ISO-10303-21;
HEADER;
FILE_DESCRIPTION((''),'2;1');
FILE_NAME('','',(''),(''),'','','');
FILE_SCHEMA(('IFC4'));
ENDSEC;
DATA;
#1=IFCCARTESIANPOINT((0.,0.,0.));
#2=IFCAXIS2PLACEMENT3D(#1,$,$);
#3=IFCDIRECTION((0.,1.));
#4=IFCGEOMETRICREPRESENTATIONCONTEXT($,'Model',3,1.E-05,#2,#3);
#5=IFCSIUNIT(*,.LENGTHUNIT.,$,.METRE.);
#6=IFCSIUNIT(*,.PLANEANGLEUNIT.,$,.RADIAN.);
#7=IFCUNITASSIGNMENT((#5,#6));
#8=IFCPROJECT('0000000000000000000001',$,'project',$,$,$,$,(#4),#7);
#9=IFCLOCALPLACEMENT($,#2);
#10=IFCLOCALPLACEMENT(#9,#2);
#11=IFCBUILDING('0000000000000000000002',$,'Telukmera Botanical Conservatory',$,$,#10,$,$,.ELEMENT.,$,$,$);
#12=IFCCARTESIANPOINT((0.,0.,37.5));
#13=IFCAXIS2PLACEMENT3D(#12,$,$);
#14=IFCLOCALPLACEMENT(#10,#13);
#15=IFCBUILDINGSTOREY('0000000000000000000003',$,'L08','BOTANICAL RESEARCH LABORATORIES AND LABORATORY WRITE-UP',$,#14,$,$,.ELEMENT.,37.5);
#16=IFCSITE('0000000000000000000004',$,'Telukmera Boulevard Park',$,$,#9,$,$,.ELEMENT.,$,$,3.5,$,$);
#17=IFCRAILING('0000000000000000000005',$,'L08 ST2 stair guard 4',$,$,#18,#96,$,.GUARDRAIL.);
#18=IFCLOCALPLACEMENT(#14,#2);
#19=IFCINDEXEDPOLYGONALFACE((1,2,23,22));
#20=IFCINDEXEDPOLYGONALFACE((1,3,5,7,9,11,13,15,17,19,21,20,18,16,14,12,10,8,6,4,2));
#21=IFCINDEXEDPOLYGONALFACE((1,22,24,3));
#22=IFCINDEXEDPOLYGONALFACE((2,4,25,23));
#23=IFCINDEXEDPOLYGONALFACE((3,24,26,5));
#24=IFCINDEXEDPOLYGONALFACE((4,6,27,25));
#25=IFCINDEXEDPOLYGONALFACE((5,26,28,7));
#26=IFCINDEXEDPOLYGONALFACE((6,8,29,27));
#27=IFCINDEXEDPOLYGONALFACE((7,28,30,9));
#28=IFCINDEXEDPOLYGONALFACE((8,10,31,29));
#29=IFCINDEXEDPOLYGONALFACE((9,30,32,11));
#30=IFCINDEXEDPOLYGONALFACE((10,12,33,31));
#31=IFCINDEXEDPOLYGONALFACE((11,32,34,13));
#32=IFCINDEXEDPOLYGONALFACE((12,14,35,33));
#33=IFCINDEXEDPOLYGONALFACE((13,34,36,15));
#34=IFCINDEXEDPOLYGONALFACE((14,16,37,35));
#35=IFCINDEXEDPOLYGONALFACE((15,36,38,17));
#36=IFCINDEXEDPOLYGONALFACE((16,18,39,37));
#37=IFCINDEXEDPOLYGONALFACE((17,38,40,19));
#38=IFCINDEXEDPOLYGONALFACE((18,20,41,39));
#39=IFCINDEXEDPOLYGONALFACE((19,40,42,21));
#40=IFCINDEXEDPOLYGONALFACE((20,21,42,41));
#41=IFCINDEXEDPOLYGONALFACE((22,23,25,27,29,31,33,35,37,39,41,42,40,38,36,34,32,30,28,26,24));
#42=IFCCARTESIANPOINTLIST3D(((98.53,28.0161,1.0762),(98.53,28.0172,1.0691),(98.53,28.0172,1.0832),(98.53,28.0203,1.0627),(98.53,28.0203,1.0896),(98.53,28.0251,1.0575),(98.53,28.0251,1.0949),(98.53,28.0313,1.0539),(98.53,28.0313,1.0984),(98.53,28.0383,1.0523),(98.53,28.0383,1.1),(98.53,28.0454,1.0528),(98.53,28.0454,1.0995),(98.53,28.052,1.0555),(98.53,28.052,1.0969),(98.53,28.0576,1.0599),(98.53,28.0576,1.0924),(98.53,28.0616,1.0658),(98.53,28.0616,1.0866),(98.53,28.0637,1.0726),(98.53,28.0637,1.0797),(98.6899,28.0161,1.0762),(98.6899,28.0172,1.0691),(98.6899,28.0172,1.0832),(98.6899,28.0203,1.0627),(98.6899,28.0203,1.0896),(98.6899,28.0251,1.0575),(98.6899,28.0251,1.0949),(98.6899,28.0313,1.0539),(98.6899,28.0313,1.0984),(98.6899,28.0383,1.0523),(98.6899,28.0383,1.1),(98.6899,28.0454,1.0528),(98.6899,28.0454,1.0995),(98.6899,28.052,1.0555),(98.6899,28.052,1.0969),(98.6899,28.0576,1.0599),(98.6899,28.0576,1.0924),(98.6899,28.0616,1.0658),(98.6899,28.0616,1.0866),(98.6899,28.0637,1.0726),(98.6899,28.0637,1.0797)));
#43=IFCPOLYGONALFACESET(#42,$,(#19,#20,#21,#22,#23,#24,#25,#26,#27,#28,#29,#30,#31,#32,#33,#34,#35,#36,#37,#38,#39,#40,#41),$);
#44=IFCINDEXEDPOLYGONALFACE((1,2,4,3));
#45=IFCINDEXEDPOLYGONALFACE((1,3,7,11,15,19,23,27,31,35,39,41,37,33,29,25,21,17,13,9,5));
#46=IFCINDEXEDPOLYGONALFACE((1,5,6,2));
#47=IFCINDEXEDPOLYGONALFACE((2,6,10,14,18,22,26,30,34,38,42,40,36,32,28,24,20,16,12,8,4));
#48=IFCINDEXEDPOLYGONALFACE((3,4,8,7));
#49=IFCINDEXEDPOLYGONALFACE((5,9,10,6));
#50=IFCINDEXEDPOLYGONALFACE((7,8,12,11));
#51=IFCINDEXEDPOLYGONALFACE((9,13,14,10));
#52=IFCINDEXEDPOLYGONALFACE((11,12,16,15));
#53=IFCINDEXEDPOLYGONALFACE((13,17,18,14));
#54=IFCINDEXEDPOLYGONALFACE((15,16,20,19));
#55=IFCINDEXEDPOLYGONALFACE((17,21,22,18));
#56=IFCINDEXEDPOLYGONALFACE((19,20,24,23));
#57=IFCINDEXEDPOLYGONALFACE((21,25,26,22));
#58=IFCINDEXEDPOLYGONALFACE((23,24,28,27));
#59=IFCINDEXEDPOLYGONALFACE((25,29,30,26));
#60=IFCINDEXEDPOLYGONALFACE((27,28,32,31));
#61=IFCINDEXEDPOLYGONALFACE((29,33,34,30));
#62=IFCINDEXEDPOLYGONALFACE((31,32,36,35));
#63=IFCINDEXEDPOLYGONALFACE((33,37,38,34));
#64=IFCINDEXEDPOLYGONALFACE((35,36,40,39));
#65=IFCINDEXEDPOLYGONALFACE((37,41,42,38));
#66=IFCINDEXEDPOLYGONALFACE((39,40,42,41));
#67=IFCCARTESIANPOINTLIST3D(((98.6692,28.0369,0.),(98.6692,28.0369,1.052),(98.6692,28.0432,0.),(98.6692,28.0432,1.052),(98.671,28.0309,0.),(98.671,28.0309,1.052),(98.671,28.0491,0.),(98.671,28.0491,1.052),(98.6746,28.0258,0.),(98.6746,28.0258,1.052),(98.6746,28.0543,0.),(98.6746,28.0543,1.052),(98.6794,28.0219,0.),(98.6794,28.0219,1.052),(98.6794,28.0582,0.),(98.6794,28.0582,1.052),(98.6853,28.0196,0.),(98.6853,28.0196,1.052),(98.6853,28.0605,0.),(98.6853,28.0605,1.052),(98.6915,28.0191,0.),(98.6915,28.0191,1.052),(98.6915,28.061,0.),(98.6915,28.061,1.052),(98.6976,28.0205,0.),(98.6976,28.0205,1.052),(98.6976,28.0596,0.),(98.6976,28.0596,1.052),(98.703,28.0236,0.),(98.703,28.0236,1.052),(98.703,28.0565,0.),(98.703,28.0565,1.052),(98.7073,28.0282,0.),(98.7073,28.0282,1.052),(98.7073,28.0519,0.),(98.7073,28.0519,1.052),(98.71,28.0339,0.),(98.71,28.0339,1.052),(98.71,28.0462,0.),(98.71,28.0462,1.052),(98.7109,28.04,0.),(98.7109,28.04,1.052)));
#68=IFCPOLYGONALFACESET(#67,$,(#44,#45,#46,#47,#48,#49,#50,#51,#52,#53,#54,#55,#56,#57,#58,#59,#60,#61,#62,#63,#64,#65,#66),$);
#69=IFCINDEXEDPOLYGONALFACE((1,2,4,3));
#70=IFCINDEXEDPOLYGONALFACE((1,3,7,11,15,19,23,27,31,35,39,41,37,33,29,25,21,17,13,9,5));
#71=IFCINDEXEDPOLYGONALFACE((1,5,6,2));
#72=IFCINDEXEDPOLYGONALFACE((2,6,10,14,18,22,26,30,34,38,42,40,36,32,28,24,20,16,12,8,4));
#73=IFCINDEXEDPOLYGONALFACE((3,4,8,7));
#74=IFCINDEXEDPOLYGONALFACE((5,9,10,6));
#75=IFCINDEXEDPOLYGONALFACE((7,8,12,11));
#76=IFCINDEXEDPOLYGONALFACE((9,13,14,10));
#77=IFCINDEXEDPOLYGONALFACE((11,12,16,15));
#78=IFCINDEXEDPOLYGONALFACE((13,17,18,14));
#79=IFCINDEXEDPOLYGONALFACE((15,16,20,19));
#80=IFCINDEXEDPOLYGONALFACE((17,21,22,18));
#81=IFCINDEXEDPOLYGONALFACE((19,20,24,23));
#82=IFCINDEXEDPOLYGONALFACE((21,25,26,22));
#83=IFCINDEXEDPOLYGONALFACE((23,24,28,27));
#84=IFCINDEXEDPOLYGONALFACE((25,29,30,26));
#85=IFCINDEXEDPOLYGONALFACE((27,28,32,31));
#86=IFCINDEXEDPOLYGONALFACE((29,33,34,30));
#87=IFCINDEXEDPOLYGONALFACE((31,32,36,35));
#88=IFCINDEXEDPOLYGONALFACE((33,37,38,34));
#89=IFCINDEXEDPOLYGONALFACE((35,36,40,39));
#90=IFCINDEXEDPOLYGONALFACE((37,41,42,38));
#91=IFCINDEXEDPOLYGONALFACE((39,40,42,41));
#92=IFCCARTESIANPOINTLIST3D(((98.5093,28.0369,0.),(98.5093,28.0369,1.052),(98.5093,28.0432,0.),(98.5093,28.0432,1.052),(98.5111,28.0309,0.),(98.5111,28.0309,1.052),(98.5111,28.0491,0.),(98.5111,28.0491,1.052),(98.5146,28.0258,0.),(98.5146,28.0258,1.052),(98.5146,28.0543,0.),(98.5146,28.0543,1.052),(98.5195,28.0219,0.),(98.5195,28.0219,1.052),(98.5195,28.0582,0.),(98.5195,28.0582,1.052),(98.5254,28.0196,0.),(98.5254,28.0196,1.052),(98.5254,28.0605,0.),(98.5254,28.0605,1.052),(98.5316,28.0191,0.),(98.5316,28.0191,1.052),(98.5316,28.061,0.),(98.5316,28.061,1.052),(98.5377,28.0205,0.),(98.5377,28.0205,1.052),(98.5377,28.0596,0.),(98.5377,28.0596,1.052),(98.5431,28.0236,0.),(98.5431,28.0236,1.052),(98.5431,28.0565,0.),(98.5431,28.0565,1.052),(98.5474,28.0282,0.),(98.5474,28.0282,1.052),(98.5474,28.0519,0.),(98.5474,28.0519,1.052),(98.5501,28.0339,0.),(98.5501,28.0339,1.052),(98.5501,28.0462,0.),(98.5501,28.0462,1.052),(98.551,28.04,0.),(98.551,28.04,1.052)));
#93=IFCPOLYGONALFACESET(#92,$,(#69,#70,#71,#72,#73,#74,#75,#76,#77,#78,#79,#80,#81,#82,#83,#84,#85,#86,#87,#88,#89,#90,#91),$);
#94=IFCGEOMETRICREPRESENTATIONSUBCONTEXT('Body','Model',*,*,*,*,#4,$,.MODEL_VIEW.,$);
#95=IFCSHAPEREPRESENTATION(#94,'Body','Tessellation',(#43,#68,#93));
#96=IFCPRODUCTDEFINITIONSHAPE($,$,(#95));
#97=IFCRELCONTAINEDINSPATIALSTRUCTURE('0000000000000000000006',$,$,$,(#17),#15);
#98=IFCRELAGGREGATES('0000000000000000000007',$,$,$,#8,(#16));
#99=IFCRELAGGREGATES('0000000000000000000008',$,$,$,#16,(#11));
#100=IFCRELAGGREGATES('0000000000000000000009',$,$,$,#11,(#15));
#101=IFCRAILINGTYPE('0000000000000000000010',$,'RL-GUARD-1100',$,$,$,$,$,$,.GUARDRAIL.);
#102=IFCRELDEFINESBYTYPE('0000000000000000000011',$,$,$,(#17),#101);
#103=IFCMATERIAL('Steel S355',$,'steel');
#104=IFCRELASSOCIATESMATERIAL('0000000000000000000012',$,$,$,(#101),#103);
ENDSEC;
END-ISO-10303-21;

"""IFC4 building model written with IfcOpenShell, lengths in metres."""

from ifc_helpers import new_model, si_unit, direction, frame, origin, origin_2d, place, context, subcontext, project, spatial, circle, extrude, material, type_object, element, save


model = new_model("IFC4")

# Units and contexts
model_context = context("Model", 3, precision=1e-05, world=origin(), true_north=direction((0.0, 1.0)))
body_context = subcontext(model_context, "Body", "Model", "MODEL_VIEW")
ifc_project = project(units=[si_unit("LENGTHUNIT", "METRE"), si_unit("PLANEANGLEUNIT", "RADIAN")], contexts=[model_context])

# Site, building, storey
site_placement = place(None, origin())
site = spatial("IfcSite", under=ifc_project, at=site_placement, Name="Telukmera Boulevard Park", CompositionType="ELEMENT", RefElevation=3.5)
building_placement = place(site_placement, origin())
building = spatial("IfcBuilding", under=site, at=building_placement, Name="Telukmera Botanical Conservatory", CompositionType="ELEMENT")
storey_placement = place(building_placement, frame((0.0, 0.0, 37.5)))
storey = spatial("IfcBuildingStorey", under=building, at=storey_placement, Name="L08", Description="BOTANICAL RESEARCH LABORATORIES AND LABORATORY WRITE-UP", CompositionType="ELEMENT", Elevation=37.5)

# Railing
ifc_material_1 = material(Name="Steel S355", Category="steel")
railing_type_1 = type_object("IfcRailingType", Name="RL-GUARD-1100", PredefinedType="GUARDRAIL", material=ifc_material_1)
railing_1_placement = place(storey_placement, frame((98.6899, 28.04, 0.0)))
element("IfcRailing", 1, at=railing_1_placement, inside=storey, type_object=railing_type_1, Name="L08 ST2 stair guard 4", PredefinedType="GUARDRAIL", context=body_context, shape_type="SweptSolid", body=[
    extrude(circle(Radius=0.0239, at=origin_2d()), frame((0.0, 0.0, 1.0762), z_axis=(-1.0, 0.0, 0.0), x_axis=(0.0, -1.0, 0.0)), (0.0, 0.0, 1.0), 0.1599),
    extrude(circle(Radius=0.021, at=origin_2d()), origin(), (0.0, 0.0, 1.0), 1.052),
    extrude(circle(Radius=0.021, at=origin_2d()), frame((-0.1599, 0.0, 0.0)), (0.0, 0.0, 1.0), 1.052),
])

save(model, "model.ifc")
